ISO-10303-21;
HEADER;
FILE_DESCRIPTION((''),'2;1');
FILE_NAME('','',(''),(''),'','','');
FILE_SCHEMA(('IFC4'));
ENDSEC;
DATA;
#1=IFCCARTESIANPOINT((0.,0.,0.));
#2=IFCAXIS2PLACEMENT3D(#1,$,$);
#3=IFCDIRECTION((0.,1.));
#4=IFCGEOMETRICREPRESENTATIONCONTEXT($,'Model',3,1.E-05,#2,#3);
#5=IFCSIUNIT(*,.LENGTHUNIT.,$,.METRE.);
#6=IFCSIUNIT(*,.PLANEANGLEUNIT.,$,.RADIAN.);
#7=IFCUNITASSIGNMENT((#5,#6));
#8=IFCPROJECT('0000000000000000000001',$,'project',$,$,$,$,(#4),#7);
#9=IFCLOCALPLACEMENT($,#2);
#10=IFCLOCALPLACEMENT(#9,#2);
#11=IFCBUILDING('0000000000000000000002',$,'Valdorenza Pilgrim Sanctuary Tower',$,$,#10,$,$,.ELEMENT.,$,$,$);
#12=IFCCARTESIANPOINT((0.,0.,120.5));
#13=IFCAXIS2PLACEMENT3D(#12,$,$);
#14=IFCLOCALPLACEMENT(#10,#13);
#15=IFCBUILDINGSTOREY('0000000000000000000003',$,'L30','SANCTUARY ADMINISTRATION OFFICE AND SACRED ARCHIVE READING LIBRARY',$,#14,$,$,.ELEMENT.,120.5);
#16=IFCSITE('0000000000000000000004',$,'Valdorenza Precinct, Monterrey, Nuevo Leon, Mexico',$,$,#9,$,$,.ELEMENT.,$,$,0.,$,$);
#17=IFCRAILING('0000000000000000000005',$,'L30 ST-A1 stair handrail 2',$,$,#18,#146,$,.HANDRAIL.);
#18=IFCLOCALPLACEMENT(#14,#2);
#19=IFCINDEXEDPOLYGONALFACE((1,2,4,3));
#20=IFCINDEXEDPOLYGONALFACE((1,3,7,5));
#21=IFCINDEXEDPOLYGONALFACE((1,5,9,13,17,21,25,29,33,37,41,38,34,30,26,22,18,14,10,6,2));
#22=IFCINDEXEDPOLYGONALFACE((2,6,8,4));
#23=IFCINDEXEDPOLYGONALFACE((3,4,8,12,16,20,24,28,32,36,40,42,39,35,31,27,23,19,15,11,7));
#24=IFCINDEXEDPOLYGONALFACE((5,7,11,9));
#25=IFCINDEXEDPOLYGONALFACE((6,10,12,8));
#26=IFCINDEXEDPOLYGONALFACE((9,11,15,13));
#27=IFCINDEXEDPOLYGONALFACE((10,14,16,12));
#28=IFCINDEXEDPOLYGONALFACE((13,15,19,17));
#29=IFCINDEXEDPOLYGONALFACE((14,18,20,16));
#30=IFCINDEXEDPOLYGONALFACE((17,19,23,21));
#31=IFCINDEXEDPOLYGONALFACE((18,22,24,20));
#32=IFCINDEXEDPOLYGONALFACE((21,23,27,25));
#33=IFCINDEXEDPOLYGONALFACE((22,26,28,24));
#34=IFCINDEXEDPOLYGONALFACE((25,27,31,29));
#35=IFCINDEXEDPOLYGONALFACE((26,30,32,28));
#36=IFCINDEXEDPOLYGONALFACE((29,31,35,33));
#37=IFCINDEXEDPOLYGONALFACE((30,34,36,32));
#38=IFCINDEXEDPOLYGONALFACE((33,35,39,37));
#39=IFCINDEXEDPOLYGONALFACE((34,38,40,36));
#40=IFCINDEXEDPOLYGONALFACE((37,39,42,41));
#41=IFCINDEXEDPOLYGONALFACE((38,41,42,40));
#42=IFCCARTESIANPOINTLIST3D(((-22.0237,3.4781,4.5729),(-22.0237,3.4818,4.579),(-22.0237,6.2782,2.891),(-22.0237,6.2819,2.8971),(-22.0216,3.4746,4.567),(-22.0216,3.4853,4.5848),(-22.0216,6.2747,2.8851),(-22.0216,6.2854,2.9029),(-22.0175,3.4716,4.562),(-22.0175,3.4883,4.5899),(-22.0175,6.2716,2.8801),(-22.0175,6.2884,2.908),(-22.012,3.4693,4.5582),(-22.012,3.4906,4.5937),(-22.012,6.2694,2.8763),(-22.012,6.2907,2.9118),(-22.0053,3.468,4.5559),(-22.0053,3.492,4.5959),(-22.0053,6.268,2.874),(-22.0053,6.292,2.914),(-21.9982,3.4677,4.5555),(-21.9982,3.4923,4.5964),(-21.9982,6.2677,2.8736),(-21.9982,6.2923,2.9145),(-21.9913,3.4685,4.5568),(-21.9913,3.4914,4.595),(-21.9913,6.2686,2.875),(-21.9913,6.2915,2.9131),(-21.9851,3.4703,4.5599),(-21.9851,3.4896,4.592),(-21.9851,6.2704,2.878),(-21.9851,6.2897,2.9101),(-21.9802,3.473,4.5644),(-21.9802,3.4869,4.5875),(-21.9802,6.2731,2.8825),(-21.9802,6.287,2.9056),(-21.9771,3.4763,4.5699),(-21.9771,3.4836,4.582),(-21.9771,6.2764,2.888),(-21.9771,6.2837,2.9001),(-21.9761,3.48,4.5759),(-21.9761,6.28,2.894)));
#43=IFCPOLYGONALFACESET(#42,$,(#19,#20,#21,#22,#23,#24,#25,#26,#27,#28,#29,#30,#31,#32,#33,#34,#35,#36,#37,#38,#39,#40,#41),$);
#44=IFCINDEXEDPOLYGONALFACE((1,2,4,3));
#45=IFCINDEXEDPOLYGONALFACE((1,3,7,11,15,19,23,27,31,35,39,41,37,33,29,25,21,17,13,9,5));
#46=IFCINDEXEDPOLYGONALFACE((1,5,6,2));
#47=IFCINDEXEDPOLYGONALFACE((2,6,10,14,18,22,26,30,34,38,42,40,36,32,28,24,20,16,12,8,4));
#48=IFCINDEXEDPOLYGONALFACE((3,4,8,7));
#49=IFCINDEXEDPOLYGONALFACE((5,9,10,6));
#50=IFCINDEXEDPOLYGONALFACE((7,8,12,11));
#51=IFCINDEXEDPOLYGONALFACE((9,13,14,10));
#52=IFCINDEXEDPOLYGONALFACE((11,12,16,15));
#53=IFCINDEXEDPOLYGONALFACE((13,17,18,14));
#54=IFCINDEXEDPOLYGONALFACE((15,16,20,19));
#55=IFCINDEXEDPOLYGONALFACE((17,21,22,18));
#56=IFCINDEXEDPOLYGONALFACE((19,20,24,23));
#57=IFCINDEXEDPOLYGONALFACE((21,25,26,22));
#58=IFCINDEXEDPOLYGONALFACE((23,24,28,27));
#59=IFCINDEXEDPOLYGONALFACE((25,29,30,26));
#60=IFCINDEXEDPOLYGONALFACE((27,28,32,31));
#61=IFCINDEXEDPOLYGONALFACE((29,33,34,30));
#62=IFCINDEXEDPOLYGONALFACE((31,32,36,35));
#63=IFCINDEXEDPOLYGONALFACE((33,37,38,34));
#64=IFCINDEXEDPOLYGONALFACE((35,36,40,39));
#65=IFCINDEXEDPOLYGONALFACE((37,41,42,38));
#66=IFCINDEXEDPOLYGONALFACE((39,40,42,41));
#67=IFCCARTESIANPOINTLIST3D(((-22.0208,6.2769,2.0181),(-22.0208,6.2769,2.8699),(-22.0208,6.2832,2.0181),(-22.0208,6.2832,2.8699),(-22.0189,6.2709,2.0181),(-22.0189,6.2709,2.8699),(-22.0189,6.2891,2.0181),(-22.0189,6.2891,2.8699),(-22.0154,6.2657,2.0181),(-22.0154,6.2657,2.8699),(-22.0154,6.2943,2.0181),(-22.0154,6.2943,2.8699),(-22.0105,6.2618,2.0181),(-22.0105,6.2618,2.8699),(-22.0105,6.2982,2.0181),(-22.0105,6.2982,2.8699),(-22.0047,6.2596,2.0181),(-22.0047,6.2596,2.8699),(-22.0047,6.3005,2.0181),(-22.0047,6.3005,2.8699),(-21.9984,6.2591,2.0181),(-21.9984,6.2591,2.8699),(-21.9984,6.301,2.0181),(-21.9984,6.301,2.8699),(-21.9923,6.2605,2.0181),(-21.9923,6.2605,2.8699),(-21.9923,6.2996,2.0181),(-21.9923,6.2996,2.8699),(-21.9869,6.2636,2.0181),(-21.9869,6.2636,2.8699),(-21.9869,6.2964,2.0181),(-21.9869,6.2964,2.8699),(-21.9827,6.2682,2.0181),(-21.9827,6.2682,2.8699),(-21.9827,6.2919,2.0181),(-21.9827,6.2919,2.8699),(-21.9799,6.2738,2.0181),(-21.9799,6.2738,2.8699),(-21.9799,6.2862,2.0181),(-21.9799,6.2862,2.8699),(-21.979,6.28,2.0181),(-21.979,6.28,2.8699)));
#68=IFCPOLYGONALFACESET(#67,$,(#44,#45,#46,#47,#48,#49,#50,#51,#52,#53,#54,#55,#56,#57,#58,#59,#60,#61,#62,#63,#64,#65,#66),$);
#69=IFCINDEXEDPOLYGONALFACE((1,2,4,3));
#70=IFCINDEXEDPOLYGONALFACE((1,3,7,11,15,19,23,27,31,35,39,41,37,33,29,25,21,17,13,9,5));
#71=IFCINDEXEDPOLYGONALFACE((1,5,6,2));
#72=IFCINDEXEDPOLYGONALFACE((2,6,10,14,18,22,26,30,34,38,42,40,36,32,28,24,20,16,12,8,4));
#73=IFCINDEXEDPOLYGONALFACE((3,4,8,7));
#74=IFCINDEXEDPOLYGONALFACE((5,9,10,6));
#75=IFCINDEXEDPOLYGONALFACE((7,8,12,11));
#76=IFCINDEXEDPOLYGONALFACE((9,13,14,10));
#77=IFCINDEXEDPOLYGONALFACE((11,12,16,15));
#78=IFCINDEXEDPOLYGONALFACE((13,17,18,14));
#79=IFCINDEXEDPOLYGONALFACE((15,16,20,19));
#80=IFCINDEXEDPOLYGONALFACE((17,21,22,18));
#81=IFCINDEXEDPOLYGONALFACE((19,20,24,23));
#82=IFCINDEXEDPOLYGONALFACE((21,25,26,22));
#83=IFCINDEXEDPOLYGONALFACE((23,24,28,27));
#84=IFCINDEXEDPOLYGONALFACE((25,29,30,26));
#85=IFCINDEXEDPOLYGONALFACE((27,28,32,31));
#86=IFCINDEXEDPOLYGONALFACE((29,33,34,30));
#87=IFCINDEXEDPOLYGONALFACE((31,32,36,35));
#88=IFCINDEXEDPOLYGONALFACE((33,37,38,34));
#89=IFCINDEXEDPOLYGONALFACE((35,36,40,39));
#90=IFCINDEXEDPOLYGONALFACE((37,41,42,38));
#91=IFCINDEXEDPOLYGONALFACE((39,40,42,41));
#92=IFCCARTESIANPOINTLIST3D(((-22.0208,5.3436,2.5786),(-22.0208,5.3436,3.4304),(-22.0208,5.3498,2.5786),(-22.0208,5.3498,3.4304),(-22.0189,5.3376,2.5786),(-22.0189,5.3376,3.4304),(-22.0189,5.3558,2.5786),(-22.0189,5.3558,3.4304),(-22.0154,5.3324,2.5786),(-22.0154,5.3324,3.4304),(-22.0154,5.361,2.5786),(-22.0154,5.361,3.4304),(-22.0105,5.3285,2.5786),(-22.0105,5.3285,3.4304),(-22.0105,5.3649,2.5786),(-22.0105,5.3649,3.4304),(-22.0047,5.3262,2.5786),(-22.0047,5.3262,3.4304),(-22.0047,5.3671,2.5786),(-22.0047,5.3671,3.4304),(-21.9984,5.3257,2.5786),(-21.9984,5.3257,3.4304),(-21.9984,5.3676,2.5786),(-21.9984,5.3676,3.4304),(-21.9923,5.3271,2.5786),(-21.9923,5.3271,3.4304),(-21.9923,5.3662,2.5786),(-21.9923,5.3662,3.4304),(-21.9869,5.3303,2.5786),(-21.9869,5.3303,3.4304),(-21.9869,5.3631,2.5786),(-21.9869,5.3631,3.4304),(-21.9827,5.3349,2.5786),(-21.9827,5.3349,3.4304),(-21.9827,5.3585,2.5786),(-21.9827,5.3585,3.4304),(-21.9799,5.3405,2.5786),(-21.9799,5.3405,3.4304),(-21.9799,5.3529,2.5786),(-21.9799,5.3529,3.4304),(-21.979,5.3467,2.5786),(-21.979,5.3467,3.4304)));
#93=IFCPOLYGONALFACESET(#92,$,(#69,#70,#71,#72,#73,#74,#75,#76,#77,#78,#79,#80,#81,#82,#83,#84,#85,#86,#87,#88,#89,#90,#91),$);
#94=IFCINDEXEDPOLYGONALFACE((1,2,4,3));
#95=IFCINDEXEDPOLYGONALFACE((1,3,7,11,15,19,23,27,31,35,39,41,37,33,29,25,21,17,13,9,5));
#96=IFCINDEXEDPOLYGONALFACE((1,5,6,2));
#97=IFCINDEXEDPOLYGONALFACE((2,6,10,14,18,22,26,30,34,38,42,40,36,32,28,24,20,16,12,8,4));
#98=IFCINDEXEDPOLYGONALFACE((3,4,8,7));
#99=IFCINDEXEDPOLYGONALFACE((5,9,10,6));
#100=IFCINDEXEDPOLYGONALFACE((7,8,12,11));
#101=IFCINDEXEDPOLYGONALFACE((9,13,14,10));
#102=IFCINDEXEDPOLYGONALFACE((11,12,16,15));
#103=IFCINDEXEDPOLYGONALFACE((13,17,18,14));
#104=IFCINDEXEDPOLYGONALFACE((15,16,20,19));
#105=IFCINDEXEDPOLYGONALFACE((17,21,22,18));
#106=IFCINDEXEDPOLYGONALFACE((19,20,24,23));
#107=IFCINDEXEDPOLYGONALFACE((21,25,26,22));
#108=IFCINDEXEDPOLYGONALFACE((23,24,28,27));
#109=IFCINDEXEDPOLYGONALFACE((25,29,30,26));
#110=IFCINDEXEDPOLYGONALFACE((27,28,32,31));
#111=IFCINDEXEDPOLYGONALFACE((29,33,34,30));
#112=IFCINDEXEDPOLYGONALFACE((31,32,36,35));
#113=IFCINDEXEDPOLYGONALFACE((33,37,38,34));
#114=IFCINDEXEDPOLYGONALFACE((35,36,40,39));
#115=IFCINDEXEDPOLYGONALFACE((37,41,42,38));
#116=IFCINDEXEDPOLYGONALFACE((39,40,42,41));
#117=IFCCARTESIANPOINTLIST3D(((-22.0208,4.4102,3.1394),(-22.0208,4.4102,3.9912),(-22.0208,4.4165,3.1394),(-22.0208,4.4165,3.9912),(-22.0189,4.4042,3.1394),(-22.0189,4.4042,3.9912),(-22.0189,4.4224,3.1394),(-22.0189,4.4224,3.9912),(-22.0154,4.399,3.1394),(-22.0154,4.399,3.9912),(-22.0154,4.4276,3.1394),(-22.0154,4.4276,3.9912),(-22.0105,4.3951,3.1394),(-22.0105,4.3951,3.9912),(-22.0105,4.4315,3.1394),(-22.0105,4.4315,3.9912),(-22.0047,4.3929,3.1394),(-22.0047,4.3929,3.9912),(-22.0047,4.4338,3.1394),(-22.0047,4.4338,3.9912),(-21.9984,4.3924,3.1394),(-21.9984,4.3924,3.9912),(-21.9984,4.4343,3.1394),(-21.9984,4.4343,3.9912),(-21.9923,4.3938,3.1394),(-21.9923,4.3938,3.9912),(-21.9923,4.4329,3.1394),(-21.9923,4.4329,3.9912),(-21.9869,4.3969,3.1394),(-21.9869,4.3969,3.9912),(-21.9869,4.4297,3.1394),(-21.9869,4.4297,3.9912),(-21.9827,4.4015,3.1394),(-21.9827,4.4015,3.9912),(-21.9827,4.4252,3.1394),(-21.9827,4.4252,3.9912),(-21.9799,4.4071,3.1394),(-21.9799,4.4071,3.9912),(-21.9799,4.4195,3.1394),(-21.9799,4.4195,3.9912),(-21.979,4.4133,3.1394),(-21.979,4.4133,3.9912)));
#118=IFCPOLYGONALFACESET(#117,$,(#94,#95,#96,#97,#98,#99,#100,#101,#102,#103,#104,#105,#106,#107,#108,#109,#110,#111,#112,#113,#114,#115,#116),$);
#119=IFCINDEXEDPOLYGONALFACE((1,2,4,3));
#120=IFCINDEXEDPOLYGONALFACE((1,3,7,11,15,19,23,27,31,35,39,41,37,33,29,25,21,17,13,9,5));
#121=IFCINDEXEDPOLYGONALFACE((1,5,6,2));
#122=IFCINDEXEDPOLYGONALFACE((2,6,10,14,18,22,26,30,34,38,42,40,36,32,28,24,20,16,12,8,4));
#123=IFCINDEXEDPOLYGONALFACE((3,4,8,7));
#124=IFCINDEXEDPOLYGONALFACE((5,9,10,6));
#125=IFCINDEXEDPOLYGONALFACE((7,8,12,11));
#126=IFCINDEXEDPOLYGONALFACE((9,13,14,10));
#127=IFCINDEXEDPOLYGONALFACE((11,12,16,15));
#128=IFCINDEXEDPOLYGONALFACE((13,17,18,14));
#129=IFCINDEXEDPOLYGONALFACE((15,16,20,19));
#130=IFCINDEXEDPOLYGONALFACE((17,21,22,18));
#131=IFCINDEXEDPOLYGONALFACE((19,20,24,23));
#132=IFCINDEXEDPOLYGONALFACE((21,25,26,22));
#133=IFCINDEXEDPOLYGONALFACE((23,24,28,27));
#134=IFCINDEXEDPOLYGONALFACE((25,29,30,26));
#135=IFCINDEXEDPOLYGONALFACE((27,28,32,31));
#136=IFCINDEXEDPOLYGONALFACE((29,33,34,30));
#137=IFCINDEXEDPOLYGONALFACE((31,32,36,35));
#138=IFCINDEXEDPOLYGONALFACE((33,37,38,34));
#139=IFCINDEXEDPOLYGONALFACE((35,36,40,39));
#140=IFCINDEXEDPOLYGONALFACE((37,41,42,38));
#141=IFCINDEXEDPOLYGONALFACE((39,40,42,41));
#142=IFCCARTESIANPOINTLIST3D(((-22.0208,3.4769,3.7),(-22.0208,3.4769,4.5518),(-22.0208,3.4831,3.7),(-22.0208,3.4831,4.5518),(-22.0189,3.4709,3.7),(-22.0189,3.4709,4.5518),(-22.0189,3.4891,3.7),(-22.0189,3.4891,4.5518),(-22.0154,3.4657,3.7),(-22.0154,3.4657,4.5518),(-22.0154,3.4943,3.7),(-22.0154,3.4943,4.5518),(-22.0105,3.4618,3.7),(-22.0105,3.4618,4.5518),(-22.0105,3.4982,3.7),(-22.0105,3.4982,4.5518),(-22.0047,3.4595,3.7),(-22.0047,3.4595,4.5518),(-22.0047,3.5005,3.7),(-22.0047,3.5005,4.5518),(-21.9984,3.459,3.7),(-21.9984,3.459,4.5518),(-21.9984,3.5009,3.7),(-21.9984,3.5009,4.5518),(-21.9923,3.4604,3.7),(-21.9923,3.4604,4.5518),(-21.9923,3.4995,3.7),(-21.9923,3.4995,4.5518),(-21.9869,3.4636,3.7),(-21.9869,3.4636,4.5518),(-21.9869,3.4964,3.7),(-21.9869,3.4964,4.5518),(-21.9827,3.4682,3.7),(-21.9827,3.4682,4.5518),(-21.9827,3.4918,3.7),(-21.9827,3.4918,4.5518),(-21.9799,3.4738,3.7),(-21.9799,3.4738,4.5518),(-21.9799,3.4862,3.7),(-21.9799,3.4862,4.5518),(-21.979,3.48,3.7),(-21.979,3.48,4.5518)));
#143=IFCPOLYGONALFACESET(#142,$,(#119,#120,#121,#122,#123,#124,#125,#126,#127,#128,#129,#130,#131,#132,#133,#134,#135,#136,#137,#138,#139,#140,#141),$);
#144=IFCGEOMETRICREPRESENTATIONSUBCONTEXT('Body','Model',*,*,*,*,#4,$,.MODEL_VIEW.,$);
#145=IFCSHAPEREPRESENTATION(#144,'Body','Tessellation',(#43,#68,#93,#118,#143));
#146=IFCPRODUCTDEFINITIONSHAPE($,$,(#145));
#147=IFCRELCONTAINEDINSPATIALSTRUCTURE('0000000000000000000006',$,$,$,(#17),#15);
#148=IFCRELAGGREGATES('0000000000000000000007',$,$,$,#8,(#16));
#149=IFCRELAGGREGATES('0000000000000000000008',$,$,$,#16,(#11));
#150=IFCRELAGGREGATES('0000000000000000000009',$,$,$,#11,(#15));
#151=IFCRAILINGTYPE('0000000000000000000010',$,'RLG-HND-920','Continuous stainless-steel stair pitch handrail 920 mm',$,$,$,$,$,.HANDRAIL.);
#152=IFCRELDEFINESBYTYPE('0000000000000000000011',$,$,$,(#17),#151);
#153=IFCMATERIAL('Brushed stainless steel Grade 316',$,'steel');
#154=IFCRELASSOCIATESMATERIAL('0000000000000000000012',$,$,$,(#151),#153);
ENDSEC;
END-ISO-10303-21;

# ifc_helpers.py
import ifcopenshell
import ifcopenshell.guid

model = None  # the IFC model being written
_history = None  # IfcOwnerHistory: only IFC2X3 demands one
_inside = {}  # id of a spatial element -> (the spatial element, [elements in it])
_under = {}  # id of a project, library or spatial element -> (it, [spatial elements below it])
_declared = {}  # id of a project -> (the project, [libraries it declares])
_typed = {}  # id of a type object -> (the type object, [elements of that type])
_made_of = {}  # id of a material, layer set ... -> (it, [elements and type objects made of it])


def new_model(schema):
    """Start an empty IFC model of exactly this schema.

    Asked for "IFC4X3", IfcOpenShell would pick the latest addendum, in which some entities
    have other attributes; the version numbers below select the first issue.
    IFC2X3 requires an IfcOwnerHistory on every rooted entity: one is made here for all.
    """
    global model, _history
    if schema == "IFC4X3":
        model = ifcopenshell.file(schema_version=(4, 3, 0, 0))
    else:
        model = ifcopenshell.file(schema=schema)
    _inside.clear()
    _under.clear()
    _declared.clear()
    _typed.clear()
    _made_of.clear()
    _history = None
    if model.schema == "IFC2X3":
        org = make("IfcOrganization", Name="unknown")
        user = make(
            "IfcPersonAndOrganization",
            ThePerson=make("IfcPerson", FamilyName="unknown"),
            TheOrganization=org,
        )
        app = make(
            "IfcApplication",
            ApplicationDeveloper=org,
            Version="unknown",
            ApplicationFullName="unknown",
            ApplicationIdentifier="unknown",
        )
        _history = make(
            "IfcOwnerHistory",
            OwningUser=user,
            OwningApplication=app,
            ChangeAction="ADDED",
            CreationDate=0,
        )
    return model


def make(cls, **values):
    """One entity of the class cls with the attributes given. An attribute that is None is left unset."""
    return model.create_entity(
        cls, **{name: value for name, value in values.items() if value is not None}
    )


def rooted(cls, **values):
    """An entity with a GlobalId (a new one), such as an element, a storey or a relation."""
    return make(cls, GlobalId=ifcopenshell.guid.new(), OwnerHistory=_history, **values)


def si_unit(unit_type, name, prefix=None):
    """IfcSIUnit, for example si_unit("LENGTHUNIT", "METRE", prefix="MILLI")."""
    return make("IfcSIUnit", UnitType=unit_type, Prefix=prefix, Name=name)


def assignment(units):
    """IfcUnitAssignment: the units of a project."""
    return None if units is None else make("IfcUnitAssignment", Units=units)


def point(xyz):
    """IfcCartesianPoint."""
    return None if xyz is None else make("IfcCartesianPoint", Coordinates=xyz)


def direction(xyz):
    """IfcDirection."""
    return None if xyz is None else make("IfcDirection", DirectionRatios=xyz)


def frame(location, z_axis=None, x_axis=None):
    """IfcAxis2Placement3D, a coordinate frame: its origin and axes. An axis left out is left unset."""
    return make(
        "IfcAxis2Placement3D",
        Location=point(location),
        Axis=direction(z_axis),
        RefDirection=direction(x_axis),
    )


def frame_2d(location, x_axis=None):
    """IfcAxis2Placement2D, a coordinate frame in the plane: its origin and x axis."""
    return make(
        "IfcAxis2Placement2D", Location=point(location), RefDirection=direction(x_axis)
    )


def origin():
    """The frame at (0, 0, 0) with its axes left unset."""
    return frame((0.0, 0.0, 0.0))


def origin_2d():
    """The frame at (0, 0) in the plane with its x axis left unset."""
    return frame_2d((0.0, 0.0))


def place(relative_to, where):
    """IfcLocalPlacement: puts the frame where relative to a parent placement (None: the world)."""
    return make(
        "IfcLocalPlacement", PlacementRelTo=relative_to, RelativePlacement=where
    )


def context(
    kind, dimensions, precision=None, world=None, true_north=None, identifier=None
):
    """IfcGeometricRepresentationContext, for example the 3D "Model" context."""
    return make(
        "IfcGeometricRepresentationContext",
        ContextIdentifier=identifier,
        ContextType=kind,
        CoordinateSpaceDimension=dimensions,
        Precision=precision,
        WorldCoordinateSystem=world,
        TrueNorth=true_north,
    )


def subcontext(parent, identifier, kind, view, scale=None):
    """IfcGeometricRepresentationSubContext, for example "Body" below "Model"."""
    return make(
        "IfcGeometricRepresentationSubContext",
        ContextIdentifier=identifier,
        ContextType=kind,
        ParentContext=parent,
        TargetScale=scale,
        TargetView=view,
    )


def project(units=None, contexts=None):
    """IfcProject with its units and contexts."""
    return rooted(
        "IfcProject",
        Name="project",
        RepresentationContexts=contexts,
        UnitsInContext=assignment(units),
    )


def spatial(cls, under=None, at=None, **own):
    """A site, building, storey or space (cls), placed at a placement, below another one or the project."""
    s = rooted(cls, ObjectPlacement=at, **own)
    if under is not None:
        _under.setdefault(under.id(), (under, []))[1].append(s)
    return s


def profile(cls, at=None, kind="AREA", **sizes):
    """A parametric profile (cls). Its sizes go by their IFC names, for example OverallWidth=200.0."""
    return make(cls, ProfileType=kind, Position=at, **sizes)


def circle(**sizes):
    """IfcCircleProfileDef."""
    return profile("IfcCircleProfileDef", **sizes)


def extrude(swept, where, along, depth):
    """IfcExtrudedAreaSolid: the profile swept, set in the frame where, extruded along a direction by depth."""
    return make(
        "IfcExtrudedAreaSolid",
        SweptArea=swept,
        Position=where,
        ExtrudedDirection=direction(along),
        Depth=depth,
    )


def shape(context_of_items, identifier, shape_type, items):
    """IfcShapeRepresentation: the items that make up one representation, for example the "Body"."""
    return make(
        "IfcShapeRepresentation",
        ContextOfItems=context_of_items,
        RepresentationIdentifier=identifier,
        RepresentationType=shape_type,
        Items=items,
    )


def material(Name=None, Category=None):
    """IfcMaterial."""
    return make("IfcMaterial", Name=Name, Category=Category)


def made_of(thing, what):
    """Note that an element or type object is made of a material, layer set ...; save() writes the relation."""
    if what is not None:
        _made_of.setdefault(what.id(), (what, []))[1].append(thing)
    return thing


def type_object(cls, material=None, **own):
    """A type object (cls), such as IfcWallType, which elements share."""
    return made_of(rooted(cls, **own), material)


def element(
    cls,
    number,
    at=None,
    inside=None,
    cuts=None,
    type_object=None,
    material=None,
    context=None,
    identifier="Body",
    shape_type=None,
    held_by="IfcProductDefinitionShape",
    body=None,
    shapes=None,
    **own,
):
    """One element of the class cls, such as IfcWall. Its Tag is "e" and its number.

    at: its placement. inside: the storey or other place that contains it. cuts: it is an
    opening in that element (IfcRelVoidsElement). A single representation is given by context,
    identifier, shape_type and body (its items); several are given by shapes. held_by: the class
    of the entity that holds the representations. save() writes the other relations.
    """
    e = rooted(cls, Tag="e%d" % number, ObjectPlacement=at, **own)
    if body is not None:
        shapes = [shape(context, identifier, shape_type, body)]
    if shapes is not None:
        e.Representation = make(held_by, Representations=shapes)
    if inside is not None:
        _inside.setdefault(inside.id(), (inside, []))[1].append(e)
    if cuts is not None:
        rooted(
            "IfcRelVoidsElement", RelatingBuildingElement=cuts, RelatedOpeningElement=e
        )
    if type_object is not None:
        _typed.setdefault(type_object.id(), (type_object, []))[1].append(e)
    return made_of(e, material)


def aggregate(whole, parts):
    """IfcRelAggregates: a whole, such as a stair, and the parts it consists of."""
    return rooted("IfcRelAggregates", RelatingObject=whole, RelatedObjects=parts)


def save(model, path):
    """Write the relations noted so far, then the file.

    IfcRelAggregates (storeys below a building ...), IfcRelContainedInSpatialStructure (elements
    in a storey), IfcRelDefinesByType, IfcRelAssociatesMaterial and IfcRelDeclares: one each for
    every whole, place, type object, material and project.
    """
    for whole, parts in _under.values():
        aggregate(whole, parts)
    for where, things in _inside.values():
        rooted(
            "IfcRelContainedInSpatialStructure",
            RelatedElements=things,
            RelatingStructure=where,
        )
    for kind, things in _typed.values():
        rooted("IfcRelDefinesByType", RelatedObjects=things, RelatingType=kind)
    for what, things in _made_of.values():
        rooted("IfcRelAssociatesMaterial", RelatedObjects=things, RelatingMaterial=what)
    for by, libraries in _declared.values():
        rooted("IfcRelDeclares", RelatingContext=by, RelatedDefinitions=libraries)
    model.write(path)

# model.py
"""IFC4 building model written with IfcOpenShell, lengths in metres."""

from ifc_helpers import new_model, si_unit, direction, frame, origin, origin_2d, place, context, subcontext, project, spatial, circle, extrude, material, type_object, element, save


model = new_model("IFC4")

# Units and contexts
model_context = context("Model", 3, precision=1e-05, world=origin(), true_north=direction((0.0, 1.0)))
body_context = subcontext(model_context, "Body", "Model", "MODEL_VIEW")
ifc_project = project(units=[si_unit("LENGTHUNIT", "METRE"), si_unit("PLANEANGLEUNIT", "RADIAN")], contexts=[model_context])

# Site, building, storey
site_placement = place(None, origin())
site = spatial("IfcSite", under=ifc_project, at=site_placement, Name="Valdorenza Precinct, Monterrey, Nuevo Leon, Mexico", CompositionType="ELEMENT", RefElevation=0.0)
building_placement = place(site_placement, origin())
building = spatial("IfcBuilding", under=site, at=building_placement, Name="Valdorenza Pilgrim Sanctuary Tower", CompositionType="ELEMENT")
storey_placement = place(building_placement, frame((0.0, 0.0, 120.5)))
storey = spatial("IfcBuildingStorey", under=building, at=storey_placement, Name="L30", Description="SANCTUARY ADMINISTRATION OFFICE AND SACRED ARCHIVE READING LIBRARY", CompositionType="ELEMENT", Elevation=120.5)

# Shared definitions
ifc_material_1 = material(Name="Brushed stainless steel Grade 316", Category="steel")

# Railing
railing_type_1 = type_object("IfcRailingType", Name="RLG-HND-920", Description="Continuous stainless-steel stair pitch handrail 920 mm", PredefinedType="HANDRAIL", material=ifc_material_1)
railing_1_placement = place(storey_placement, frame((-22.0, 6.28, 2.0181)))
element("IfcRailing", 1, at=railing_1_placement, inside=storey, type_object=railing_type_1, Name="L30 ST-A1 stair handrail 2", PredefinedType="HANDRAIL", context=body_context, shape_type="SweptSolid", body=[
    extrude(circle(Radius=0.0239, at=origin_2d()), frame((0.0, 0.0, 0.876), z_axis=(0.0, -0.857242, 0.514913), x_axis=(1.0, 0.0, 0.0)), (0.0, 0.0, 1.0), 3.2664),
    extrude(circle(Radius=0.021, at=origin_2d()), origin(), (0.0, 0.0, 1.0), 0.8518),
    extrude(circle(Radius=0.021, at=origin_2d()), frame((0.0, -0.9333, 0.5605)), (0.0, 0.0, 1.0), 0.8518),
    extrude(circle(Radius=0.021, at=origin_2d()), frame((0.0, -1.8667, 1.1213)), (0.0, 0.0, 1.0), 0.8518),
    extrude(circle(Radius=0.021, at=origin_2d()), frame((0.0, -2.8, 1.6819)), (0.0, 0.0, 1.0), 0.8518),
])

save(model, "model.ifc")
